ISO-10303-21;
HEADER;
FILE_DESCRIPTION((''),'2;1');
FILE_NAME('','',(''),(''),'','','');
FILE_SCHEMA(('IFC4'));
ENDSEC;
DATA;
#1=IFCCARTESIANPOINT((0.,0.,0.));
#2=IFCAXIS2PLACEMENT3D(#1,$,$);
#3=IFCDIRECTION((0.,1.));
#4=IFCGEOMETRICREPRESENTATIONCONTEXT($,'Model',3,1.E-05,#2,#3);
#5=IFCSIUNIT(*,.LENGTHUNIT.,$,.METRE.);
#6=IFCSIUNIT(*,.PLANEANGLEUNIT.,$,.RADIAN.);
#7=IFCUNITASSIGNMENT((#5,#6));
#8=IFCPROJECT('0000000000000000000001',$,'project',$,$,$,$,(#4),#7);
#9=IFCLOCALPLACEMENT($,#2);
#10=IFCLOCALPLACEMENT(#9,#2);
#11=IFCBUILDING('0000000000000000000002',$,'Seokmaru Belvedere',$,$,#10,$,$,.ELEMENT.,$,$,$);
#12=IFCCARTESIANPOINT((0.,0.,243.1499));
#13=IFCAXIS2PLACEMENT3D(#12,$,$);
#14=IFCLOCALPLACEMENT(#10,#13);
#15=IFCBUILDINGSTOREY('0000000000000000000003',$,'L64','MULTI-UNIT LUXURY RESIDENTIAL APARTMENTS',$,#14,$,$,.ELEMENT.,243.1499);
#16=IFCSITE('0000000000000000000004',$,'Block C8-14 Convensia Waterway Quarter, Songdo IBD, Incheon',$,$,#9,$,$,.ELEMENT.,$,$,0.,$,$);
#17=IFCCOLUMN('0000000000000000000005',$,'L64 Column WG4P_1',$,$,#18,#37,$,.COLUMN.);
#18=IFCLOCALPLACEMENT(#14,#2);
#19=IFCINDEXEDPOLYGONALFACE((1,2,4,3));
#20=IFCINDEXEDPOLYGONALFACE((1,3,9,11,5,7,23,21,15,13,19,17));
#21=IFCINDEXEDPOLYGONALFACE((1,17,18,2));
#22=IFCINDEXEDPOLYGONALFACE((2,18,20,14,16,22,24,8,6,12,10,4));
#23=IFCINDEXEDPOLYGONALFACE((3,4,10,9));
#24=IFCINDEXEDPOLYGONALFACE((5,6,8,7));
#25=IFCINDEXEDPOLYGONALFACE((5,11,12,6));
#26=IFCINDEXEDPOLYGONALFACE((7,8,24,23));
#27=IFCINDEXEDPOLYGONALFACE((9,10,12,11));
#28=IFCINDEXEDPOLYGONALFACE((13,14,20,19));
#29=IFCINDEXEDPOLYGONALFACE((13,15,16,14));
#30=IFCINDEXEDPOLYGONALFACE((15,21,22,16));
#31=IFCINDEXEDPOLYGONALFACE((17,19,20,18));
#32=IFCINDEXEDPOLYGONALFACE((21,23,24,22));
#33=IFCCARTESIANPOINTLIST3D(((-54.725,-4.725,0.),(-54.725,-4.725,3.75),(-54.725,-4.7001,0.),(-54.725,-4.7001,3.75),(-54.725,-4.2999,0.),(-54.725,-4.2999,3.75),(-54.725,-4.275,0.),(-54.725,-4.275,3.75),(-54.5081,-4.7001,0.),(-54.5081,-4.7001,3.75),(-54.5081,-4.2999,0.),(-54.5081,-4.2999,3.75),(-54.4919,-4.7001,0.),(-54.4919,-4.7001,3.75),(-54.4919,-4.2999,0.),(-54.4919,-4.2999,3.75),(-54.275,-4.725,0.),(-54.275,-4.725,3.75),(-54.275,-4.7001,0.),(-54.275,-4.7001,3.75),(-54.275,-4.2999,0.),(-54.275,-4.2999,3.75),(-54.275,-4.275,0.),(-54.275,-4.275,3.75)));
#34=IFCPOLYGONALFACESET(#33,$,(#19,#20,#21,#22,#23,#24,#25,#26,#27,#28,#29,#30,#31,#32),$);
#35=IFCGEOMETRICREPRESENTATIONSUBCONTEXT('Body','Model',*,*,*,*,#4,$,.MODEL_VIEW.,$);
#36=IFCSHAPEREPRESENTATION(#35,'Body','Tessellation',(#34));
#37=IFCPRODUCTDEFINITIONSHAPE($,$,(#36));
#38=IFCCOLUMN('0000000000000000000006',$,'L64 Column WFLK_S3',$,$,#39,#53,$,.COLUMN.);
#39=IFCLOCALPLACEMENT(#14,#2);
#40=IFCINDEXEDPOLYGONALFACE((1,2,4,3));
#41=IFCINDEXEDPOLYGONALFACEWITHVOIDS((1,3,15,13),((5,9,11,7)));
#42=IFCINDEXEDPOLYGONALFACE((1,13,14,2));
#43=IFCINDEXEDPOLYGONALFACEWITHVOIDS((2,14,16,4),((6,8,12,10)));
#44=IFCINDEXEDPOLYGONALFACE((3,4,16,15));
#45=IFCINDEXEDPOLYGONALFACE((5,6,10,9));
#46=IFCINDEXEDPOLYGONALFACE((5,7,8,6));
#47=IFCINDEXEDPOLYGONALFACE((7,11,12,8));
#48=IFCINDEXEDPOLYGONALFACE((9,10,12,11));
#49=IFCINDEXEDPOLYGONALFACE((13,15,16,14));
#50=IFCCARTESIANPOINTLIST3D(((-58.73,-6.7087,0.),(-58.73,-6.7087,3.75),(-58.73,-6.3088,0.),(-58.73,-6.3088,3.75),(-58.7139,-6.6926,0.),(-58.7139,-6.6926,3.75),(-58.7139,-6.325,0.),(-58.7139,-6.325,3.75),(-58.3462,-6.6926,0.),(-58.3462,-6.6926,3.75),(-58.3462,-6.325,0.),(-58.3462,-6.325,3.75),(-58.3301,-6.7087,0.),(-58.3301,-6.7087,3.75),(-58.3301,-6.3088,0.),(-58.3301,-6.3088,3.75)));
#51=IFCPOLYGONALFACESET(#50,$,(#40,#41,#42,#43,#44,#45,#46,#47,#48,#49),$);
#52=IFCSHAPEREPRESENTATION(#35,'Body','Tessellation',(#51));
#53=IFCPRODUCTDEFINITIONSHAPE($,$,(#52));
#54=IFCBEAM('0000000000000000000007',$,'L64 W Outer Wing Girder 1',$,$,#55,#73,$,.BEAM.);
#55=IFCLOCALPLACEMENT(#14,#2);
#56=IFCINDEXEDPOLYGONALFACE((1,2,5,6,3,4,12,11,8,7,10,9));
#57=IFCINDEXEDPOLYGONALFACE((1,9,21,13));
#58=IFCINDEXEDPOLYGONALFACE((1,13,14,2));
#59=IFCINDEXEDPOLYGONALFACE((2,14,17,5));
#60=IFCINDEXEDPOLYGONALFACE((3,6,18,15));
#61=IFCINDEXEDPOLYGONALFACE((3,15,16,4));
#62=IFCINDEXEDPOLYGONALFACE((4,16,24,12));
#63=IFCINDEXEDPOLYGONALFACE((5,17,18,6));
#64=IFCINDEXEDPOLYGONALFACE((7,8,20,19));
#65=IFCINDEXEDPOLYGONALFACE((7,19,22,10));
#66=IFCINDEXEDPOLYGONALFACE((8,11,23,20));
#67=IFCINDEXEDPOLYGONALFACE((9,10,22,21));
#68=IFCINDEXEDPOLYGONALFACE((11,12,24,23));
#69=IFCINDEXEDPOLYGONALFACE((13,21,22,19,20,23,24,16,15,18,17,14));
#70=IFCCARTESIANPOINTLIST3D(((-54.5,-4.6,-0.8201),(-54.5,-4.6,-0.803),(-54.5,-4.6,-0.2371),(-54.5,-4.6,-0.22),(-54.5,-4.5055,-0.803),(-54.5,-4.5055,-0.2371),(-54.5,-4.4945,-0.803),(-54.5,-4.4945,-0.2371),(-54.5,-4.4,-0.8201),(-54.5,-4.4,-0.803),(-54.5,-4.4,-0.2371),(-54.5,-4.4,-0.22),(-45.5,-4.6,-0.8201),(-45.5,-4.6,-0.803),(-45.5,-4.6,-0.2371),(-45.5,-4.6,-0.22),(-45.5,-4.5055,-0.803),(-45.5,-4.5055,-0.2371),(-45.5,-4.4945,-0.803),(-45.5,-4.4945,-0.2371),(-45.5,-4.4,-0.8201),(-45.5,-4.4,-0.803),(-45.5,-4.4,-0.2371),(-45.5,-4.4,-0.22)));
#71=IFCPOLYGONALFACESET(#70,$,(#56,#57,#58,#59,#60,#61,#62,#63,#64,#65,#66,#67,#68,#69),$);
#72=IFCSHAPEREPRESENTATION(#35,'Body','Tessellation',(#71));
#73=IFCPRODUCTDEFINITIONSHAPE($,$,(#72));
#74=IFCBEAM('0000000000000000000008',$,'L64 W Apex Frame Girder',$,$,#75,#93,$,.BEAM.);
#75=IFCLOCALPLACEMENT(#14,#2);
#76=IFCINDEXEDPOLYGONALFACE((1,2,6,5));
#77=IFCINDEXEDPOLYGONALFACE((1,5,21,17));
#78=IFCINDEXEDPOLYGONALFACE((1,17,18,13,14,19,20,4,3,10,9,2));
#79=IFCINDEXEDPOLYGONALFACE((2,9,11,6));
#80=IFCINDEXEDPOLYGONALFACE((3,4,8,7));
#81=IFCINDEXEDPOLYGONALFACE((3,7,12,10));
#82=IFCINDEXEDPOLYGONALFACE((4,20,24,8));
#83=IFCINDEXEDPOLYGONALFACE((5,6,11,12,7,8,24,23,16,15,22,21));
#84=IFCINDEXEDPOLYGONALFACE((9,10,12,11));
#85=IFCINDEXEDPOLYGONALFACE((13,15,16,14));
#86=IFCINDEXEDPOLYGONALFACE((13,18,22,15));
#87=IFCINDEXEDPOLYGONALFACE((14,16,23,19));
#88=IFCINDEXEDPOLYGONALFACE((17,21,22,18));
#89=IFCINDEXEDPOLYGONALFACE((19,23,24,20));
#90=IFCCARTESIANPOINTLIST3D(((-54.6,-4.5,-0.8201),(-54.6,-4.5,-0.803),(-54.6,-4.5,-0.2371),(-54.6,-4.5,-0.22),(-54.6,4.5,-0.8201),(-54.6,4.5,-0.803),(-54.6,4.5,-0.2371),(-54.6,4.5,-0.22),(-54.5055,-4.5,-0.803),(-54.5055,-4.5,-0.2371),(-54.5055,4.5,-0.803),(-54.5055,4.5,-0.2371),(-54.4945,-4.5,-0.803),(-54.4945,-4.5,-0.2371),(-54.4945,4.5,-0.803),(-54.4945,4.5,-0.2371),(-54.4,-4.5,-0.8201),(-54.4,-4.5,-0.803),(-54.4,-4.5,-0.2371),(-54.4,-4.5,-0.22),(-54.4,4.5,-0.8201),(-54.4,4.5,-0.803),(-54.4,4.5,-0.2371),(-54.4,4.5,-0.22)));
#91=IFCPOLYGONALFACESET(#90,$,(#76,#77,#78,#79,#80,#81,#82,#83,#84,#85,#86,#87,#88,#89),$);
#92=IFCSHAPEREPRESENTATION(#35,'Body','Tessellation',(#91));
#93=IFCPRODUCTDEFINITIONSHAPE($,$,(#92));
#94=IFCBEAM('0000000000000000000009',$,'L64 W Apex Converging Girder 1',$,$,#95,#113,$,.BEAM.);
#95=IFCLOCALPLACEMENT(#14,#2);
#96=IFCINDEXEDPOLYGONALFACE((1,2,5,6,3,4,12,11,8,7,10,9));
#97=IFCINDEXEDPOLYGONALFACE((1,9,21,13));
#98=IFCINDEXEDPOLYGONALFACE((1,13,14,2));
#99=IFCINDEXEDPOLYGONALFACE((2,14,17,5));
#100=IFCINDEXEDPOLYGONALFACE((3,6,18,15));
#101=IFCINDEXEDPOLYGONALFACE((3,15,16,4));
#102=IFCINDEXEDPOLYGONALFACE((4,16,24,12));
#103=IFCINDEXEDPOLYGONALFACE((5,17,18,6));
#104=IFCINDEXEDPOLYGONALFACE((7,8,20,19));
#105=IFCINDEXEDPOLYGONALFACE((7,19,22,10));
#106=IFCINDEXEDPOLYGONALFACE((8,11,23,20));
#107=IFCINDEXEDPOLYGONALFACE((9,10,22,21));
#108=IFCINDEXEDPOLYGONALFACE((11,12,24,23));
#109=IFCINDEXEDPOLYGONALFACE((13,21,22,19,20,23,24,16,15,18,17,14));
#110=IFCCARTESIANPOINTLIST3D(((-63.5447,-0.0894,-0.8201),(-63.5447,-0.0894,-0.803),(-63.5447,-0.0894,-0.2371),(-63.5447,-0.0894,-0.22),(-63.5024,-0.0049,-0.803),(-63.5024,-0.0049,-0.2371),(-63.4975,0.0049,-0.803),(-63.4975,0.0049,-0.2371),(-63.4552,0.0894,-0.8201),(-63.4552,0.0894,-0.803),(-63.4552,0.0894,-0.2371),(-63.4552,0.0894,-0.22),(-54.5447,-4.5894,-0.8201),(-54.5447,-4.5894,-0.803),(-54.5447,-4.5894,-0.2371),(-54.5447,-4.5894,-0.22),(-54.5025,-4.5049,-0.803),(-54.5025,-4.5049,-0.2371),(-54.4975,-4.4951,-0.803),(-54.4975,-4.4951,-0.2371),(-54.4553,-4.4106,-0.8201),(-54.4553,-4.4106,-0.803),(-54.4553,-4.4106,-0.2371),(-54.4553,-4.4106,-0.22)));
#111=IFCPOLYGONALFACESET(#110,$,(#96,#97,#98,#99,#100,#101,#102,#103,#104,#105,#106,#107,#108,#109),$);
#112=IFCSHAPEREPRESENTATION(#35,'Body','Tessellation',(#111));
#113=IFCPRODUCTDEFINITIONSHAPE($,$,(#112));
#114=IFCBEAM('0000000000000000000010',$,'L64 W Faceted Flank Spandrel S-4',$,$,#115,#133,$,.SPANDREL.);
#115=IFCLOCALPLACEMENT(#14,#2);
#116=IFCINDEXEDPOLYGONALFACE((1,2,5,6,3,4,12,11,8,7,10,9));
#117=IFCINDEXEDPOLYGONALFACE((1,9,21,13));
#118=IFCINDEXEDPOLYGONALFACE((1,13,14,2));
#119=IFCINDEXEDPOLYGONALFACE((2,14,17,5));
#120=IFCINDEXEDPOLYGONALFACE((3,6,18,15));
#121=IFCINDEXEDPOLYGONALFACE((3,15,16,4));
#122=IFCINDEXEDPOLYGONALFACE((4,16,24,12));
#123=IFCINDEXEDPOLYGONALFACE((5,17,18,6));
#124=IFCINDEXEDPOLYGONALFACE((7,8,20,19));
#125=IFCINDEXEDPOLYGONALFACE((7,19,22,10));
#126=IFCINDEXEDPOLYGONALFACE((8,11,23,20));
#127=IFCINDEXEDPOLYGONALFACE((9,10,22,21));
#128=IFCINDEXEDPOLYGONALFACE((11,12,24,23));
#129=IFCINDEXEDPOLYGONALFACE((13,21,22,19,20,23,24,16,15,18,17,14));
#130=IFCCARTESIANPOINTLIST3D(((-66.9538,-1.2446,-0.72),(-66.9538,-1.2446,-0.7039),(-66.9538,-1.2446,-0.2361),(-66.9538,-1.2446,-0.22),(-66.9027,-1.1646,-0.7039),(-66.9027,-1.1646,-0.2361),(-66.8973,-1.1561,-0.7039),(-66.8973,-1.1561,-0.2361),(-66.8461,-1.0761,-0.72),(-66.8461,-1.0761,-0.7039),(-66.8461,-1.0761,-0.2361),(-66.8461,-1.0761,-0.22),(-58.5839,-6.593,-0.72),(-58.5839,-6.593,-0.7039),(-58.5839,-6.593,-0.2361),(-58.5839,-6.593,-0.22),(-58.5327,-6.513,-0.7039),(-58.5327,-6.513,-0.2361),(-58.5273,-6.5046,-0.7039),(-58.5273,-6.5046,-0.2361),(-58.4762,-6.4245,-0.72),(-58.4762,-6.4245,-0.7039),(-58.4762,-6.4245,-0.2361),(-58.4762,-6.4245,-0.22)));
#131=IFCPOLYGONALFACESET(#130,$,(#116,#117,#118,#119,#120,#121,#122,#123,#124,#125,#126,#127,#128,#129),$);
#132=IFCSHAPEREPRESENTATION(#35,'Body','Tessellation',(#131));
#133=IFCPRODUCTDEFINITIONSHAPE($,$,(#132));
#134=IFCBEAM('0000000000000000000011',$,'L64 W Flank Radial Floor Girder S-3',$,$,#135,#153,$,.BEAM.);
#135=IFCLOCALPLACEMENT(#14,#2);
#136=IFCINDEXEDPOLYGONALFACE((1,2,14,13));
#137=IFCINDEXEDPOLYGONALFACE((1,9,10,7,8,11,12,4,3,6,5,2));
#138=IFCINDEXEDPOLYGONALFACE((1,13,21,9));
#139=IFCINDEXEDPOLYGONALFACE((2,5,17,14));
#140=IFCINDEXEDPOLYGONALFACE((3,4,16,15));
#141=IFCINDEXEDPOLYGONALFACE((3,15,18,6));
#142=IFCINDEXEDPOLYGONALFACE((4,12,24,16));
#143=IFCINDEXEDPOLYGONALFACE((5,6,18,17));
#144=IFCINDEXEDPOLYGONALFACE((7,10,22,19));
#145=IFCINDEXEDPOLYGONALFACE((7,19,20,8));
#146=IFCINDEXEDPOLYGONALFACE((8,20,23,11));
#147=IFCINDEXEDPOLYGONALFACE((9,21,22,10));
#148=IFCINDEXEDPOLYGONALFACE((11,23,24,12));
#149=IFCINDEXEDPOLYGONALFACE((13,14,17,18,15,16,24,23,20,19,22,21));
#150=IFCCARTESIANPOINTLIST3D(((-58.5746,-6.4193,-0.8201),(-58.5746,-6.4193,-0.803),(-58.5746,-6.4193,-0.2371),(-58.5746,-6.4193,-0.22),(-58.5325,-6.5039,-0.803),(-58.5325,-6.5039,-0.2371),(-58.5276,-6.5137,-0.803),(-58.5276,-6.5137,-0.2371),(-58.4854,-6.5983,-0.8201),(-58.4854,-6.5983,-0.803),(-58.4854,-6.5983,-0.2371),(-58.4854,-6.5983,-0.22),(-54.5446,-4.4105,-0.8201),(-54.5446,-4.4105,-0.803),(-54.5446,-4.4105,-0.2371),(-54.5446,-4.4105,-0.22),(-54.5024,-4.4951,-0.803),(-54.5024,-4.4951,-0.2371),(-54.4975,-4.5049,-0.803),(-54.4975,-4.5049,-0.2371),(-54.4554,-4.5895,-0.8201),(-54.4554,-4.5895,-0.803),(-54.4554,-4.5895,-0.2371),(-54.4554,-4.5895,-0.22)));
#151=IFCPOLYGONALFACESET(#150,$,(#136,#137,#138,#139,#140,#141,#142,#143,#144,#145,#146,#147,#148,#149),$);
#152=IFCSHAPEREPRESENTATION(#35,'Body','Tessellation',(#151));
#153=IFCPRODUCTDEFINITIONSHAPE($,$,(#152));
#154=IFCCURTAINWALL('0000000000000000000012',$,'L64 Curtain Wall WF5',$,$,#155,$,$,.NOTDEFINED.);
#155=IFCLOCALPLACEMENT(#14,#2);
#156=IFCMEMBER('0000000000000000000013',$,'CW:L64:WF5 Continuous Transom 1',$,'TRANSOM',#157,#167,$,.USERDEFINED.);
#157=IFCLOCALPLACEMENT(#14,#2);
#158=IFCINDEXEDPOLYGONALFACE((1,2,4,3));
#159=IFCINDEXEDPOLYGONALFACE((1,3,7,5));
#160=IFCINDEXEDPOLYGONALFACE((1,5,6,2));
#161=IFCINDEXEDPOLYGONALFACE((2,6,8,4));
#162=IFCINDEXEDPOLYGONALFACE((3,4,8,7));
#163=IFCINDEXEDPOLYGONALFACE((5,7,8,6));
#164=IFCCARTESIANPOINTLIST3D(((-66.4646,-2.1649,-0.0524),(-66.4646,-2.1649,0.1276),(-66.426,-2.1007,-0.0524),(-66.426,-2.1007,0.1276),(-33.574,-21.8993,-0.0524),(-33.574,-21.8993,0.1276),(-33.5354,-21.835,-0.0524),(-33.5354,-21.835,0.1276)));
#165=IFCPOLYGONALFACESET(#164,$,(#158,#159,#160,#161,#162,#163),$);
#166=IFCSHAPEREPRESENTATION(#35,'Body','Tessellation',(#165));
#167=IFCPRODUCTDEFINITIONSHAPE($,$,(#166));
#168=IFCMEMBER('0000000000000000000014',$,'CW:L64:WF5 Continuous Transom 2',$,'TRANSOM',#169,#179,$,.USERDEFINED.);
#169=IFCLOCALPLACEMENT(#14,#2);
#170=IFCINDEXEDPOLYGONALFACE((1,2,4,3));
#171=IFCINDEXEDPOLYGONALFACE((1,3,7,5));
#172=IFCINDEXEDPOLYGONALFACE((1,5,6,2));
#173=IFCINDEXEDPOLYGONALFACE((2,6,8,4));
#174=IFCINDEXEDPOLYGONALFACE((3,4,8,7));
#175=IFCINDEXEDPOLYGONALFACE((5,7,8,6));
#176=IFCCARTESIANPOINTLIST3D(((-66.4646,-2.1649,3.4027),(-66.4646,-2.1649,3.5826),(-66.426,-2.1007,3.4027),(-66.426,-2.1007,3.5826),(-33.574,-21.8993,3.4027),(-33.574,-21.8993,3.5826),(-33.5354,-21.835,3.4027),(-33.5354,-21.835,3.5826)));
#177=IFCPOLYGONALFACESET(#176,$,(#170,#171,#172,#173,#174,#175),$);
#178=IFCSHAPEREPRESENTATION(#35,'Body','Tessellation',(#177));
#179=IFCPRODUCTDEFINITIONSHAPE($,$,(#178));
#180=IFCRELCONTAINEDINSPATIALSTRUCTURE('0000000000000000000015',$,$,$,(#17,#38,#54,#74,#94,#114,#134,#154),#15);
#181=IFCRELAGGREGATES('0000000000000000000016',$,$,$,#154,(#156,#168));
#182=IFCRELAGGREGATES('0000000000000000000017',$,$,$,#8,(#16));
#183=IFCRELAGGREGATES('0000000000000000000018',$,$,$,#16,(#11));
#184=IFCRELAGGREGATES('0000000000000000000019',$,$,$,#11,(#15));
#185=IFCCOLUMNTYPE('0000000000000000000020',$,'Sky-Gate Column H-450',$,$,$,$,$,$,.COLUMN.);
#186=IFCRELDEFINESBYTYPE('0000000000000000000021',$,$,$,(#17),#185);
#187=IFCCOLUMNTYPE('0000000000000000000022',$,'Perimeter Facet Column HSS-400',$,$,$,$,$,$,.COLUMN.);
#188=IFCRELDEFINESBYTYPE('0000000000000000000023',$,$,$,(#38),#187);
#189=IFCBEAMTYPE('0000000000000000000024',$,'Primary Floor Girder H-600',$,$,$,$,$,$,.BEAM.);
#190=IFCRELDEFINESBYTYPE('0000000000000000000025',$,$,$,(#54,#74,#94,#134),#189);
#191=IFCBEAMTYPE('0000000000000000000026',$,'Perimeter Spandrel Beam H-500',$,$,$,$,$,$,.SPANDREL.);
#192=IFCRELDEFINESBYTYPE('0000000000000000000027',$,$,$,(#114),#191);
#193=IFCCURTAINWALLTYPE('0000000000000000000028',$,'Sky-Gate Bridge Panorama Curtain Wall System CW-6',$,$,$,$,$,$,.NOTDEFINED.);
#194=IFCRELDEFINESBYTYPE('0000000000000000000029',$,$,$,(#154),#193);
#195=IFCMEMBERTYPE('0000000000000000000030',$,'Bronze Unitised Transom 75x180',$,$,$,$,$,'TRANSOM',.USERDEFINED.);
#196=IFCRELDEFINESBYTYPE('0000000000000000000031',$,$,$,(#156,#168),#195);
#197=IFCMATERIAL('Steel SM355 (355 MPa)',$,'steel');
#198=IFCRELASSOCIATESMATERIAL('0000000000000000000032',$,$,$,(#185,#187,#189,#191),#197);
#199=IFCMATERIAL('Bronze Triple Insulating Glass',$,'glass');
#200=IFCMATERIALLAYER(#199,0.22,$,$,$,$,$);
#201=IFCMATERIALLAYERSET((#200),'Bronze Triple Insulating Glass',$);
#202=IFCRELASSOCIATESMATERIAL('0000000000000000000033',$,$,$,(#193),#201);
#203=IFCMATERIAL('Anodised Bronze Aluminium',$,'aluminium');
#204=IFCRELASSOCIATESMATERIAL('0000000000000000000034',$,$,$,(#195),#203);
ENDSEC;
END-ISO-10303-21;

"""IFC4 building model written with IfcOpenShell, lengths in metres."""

from ifc_helpers import new_model, si_unit, direction, frame, origin, origin_2d, place, context, subcontext, project, spatial, rectangle, hollow_rectangle, i_section, extrude, source, transform, mapped, material, layer, layer_set, material_profile, profile_set, type_object, type_shapes, element, aggregate, save


model = new_model("IFC4")

# Units and contexts
model_context = context("Model", 3, precision=1e-05, world=origin(), true_north=direction((0.0, 1.0)))
body_context = subcontext(model_context, "Body", "Model", "MODEL_VIEW")
ifc_project = project(units=[si_unit("LENGTHUNIT", "METRE"), si_unit("PLANEANGLEUNIT", "RADIAN")], contexts=[model_context])

# Site, building, storey
site_placement = place(None, origin())
site = spatial("IfcSite", under=ifc_project, at=site_placement, Name="Block C8-14 Convensia Waterway Quarter, Songdo IBD, Incheon", CompositionType="ELEMENT", RefElevation=0.0)
building_placement = place(site_placement, origin())
building = spatial("IfcBuilding", under=site, at=building_placement, Name="Seokmaru Belvedere", CompositionType="ELEMENT")
storey_placement = place(building_placement, frame((0.0, 0.0, 243.1499)))
storey = spatial("IfcBuildingStorey", under=building, at=storey_placement, Name="L64", Description="MULTI-UNIT LUXURY RESIDENTIAL APARTMENTS", CompositionType="ELEMENT", Elevation=243.1499)

# Columns
ifc_material_1 = material(Name="Steel SM355 (355 MPa)", Category="steel")
ifc_material_profile_1 = material_profile(ifc_material_1, i_section(OverallWidth=0.45, OverallDepth=0.45, WebThickness=0.0161, FlangeThickness=0.0249, at=origin_2d()), Name="H-450x450x16x25")
ifc_profile_set_1 = profile_set([ifc_material_profile_1], Name="Steel SM355 (355 MPa)")
column_type_1 = type_object("IfcColumnType", Name="Sky-Gate Column H-450", PredefinedType="COLUMN", material=ifc_profile_set_1)
shared_shape_1 = source(origin(), body_context, "Body", "SweptSolid", [
    extrude(i_section(OverallWidth=0.45, OverallDepth=0.45, WebThickness=0.0161, FlangeThickness=0.0249, at=origin_2d()), origin(), (0.0, 0.0, 1.0), 3.75),
])
type_shapes(column_type_1, [shared_shape_1])
column_1_placement = place(storey_placement, frame((-54.5, -4.5, 0.0), z_axis=(0.0, 0.0, 1.0), x_axis=(1.0, 0.0, 0.0)))
element("IfcColumn", 1, at=column_1_placement, inside=storey, type_object=column_type_1, Name="L64 Column WG4P_1", PredefinedType="COLUMN", context=body_context, shape_type="MappedRepresentation", body=[
    mapped(shared_shape_1, transform((0.0, 0.0, 0.0), scale=1.0)),
])
ifc_material_profile_2 = material_profile(ifc_material_1, hollow_rectangle(XDim=0.3999, YDim=0.3999, WallThickness=0.0161, at=origin_2d()), Name="HSS-400x400x16")
ifc_profile_set_2 = profile_set([ifc_material_profile_2], Name="Steel SM355 (355 MPa)")
column_type_2 = type_object("IfcColumnType", Name="Perimeter Facet Column HSS-400", PredefinedType="COLUMN", material=ifc_profile_set_2)
shared_shape_2 = source(origin(), body_context, "Body", "SweptSolid", [
    extrude(hollow_rectangle(XDim=0.3999, YDim=0.3999, WallThickness=0.0161, at=origin_2d()), origin(), (0.0, 0.0, 1.0), 3.75),
])
type_shapes(column_type_2, [shared_shape_2])
column_2_placement = place(storey_placement, frame((-58.53, -6.5088, 0.0), z_axis=(0.0, 0.0, 1.0), x_axis=(1.0, 0.0, 0.0)))
element("IfcColumn", 2, at=column_2_placement, inside=storey, type_object=column_type_2, Name="L64 Column WFLK_S3", PredefinedType="COLUMN", context=body_context, shape_type="MappedRepresentation", body=[
    mapped(shared_shape_2, transform((0.0, 0.0, 0.0), scale=1.0)),
])

# Beams
ifc_material_profile_3 = material_profile(ifc_material_1, i_section(OverallWidth=0.2, OverallDepth=0.6001, WebThickness=0.011, FlangeThickness=0.0171, at=origin_2d()), Name="H-600x200x11x17")
ifc_profile_set_3 = profile_set([ifc_material_profile_3], Name="Steel SM355 (355 MPa)")
beam_type_1 = type_object("IfcBeamType", Name="Primary Floor Girder H-600", PredefinedType="BEAM", material=ifc_profile_set_3)
shared_shape_3 = source(origin(), body_context, "Body", "SweptSolid", [
    extrude(i_section(OverallWidth=0.2, OverallDepth=0.6001, WebThickness=0.011, FlangeThickness=0.0171, at=origin_2d()), origin(), (0.0, 0.0, 1.0), 9.0),
])
for number, where, z_axis, x_axis, name in (
    (3, (-54.5, -4.5, -0.52), (1.0, 0.0, 0.0), (0.0, 1.0, 0.0), "L64 W Outer Wing Girder 1"),
    (4, (-54.5, -4.5, -0.52), (0.0, 1.0, 0.0), (-1.0, 0.0, 0.0), "L64 W Apex Frame Girder"),
):
    element("IfcBeam", number, at=place(storey_placement, frame(where, z_axis=z_axis, x_axis=x_axis)), inside=storey, type_object=beam_type_1, Name=name, PredefinedType="BEAM", context=body_context, shape_type="MappedRepresentation", body=[
        mapped(shared_shape_3, transform((0.0, 0.0, 0.0), scale=1.0)),
    ])
shared_shape_4 = source(origin(), body_context, "Body", "SweptSolid", [
    extrude(i_section(OverallWidth=0.2, OverallDepth=0.6001, WebThickness=0.011, FlangeThickness=0.0171, at=origin_2d()), origin(), (0.0, 0.0, 1.0), 10.0623),
])
beam_1_placement = place(storey_placement, frame((-54.5, -4.5, -0.52), z_axis=(-0.894427, 0.447214, 0.0), x_axis=(-0.447214, -0.894427, 0.0)))
element("IfcBeam", 5, at=beam_1_placement, inside=storey, type_object=beam_type_1, Name="L64 W Apex Converging Girder 1", PredefinedType="BEAM", context=body_context, shape_type="MappedRepresentation", body=[
    mapped(shared_shape_4, transform((0.0, 0.0, 0.0), scale=1.0)),
])
ifc_material_profile_4 = material_profile(ifc_material_1, i_section(OverallWidth=0.2, OverallDepth=0.5, WebThickness=0.01, FlangeThickness=0.0161, at=origin_2d()), Name="H-500x200x10x16")
ifc_profile_set_4 = profile_set([ifc_material_profile_4], Name="Steel SM355 (355 MPa)")
beam_type_2 = type_object("IfcBeamType", Name="Perimeter Spandrel Beam H-500", PredefinedType="SPANDREL", material=ifc_profile_set_4)
shared_shape_5 = source(origin(), body_context, "Body", "SweptSolid", [
    extrude(i_section(OverallWidth=0.2, OverallDepth=0.5, WebThickness=0.01, FlangeThickness=0.0161, at=origin_2d()), origin(), (0.0, 0.0, 1.0), 9.9329),
])
type_shapes(beam_type_2, [shared_shape_5])
beam_2_placement = place(storey_placement, frame((-58.53, -6.5088, -0.47), z_axis=(-0.842652, 0.538459, 0.0), x_axis=(-0.538459, -0.842652, 0.0)))
element("IfcBeam", 6, at=beam_2_placement, inside=storey, type_object=beam_type_2, Name="L64 W Faceted Flank Spandrel S-4", PredefinedType="SPANDREL", context=body_context, shape_type="MappedRepresentation", body=[
    mapped(shared_shape_5, transform((0.0, 0.0, 0.0), scale=1.0)),
])
shared_shape_6 = source(origin(), body_context, "Body", "SweptSolid", [
    extrude(i_section(OverallWidth=0.2, OverallDepth=0.6001, WebThickness=0.011, FlangeThickness=0.0171, at=origin_2d()), origin(), (0.0, 0.0, 1.0), 4.5029),
])
type_shapes(beam_type_1, [shared_shape_3, shared_shape_4, shared_shape_6])
beam_3_placement = place(storey_placement, frame((-58.53, -6.5088, -0.52), z_axis=(0.89498, 0.446107, 0.0), x_axis=(-0.446107, 0.89498, 0.0)))
element("IfcBeam", 7, at=beam_3_placement, inside=storey, type_object=beam_type_1, Name="L64 W Flank Radial Floor Girder S-3", PredefinedType="BEAM", context=body_context, shape_type="MappedRepresentation", body=[
    mapped(shared_shape_6, transform((0.0, 0.0, 0.0), scale=1.0)),
])

# Curtain wall, members
ifc_material_2 = material(Name="Bronze Triple Insulating Glass", Category="glass")
ifc_layer_1 = layer(ifc_material_2, 0.22)
ifc_layer_set_1 = layer_set([ifc_layer_1], Name="Bronze Triple Insulating Glass")
curtain_wall_type = type_object("IfcCurtainWallType", Name="Sky-Gate Bridge Panorama Curtain Wall System CW-6", PredefinedType="NOTDEFINED", material=ifc_layer_set_1)
curtain_wall_placement = place(storey_placement, origin())
curtain_wall = element("IfcCurtainWall", 8, at=curtain_wall_placement, inside=storey, type_object=curtain_wall_type, Name="L64 Curtain Wall WF5", PredefinedType="NOTDEFINED")
ifc_material_3 = material(Name="Anodised Bronze Aluminium", Category="aluminium")
ifc_material_profile_5 = material_profile(ifc_material_3, rectangle(XDim=0.075, YDim=0.1799, at=origin_2d()), Name="CW-T-75x180")
ifc_profile_set_5 = profile_set([ifc_material_profile_5], Name="Anodised Bronze Aluminium")
member_type_1 = type_object("IfcMemberType", Name="Bronze Unitised Transom 75x180", ElementType="TRANSOM", PredefinedType="USERDEFINED", material=ifc_profile_set_5)
shared_shape_7 = source(origin(), body_context, "Body", "SweptSolid", [
    extrude(rectangle(XDim=0.075, YDim=0.1799, at=origin_2d()), origin(), (0.0, 0.0, 1.0), 38.3567),
])
type_shapes(member_type_1, [shared_shape_7])
member_1_placement = place(storey_placement, frame((-66.4453, -2.1328, 0.0376), z_axis=(0.857493, -0.514496, 0.0), x_axis=(0.514496, 0.857493, 0.0)))
member_1 = element("IfcMember", 9, at=member_1_placement, type_object=member_type_1, Name="CW:L64:WF5 Continuous Transom 1", ObjectType="TRANSOM", PredefinedType="USERDEFINED", context=body_context, shape_type="MappedRepresentation", body=[
    mapped(shared_shape_7, transform((0.0, 0.0, 0.0), scale=1.0)),
])
member_2_placement = place(storey_placement, frame((-66.4453, -2.1328, 3.4927), z_axis=(0.857493, -0.514496, 0.0), x_axis=(0.514496, 0.857493, 0.0)))
member_2 = element("IfcMember", 10, at=member_2_placement, type_object=member_type_1, Name="CW:L64:WF5 Continuous Transom 2", ObjectType="TRANSOM", PredefinedType="USERDEFINED", context=body_context, shape_type="MappedRepresentation", body=[
    mapped(shared_shape_7, transform((0.0, 0.0, 0.0), scale=1.0)),
])
aggregate(curtain_wall, [member_1, member_2])

save(model, "model.ifc")
